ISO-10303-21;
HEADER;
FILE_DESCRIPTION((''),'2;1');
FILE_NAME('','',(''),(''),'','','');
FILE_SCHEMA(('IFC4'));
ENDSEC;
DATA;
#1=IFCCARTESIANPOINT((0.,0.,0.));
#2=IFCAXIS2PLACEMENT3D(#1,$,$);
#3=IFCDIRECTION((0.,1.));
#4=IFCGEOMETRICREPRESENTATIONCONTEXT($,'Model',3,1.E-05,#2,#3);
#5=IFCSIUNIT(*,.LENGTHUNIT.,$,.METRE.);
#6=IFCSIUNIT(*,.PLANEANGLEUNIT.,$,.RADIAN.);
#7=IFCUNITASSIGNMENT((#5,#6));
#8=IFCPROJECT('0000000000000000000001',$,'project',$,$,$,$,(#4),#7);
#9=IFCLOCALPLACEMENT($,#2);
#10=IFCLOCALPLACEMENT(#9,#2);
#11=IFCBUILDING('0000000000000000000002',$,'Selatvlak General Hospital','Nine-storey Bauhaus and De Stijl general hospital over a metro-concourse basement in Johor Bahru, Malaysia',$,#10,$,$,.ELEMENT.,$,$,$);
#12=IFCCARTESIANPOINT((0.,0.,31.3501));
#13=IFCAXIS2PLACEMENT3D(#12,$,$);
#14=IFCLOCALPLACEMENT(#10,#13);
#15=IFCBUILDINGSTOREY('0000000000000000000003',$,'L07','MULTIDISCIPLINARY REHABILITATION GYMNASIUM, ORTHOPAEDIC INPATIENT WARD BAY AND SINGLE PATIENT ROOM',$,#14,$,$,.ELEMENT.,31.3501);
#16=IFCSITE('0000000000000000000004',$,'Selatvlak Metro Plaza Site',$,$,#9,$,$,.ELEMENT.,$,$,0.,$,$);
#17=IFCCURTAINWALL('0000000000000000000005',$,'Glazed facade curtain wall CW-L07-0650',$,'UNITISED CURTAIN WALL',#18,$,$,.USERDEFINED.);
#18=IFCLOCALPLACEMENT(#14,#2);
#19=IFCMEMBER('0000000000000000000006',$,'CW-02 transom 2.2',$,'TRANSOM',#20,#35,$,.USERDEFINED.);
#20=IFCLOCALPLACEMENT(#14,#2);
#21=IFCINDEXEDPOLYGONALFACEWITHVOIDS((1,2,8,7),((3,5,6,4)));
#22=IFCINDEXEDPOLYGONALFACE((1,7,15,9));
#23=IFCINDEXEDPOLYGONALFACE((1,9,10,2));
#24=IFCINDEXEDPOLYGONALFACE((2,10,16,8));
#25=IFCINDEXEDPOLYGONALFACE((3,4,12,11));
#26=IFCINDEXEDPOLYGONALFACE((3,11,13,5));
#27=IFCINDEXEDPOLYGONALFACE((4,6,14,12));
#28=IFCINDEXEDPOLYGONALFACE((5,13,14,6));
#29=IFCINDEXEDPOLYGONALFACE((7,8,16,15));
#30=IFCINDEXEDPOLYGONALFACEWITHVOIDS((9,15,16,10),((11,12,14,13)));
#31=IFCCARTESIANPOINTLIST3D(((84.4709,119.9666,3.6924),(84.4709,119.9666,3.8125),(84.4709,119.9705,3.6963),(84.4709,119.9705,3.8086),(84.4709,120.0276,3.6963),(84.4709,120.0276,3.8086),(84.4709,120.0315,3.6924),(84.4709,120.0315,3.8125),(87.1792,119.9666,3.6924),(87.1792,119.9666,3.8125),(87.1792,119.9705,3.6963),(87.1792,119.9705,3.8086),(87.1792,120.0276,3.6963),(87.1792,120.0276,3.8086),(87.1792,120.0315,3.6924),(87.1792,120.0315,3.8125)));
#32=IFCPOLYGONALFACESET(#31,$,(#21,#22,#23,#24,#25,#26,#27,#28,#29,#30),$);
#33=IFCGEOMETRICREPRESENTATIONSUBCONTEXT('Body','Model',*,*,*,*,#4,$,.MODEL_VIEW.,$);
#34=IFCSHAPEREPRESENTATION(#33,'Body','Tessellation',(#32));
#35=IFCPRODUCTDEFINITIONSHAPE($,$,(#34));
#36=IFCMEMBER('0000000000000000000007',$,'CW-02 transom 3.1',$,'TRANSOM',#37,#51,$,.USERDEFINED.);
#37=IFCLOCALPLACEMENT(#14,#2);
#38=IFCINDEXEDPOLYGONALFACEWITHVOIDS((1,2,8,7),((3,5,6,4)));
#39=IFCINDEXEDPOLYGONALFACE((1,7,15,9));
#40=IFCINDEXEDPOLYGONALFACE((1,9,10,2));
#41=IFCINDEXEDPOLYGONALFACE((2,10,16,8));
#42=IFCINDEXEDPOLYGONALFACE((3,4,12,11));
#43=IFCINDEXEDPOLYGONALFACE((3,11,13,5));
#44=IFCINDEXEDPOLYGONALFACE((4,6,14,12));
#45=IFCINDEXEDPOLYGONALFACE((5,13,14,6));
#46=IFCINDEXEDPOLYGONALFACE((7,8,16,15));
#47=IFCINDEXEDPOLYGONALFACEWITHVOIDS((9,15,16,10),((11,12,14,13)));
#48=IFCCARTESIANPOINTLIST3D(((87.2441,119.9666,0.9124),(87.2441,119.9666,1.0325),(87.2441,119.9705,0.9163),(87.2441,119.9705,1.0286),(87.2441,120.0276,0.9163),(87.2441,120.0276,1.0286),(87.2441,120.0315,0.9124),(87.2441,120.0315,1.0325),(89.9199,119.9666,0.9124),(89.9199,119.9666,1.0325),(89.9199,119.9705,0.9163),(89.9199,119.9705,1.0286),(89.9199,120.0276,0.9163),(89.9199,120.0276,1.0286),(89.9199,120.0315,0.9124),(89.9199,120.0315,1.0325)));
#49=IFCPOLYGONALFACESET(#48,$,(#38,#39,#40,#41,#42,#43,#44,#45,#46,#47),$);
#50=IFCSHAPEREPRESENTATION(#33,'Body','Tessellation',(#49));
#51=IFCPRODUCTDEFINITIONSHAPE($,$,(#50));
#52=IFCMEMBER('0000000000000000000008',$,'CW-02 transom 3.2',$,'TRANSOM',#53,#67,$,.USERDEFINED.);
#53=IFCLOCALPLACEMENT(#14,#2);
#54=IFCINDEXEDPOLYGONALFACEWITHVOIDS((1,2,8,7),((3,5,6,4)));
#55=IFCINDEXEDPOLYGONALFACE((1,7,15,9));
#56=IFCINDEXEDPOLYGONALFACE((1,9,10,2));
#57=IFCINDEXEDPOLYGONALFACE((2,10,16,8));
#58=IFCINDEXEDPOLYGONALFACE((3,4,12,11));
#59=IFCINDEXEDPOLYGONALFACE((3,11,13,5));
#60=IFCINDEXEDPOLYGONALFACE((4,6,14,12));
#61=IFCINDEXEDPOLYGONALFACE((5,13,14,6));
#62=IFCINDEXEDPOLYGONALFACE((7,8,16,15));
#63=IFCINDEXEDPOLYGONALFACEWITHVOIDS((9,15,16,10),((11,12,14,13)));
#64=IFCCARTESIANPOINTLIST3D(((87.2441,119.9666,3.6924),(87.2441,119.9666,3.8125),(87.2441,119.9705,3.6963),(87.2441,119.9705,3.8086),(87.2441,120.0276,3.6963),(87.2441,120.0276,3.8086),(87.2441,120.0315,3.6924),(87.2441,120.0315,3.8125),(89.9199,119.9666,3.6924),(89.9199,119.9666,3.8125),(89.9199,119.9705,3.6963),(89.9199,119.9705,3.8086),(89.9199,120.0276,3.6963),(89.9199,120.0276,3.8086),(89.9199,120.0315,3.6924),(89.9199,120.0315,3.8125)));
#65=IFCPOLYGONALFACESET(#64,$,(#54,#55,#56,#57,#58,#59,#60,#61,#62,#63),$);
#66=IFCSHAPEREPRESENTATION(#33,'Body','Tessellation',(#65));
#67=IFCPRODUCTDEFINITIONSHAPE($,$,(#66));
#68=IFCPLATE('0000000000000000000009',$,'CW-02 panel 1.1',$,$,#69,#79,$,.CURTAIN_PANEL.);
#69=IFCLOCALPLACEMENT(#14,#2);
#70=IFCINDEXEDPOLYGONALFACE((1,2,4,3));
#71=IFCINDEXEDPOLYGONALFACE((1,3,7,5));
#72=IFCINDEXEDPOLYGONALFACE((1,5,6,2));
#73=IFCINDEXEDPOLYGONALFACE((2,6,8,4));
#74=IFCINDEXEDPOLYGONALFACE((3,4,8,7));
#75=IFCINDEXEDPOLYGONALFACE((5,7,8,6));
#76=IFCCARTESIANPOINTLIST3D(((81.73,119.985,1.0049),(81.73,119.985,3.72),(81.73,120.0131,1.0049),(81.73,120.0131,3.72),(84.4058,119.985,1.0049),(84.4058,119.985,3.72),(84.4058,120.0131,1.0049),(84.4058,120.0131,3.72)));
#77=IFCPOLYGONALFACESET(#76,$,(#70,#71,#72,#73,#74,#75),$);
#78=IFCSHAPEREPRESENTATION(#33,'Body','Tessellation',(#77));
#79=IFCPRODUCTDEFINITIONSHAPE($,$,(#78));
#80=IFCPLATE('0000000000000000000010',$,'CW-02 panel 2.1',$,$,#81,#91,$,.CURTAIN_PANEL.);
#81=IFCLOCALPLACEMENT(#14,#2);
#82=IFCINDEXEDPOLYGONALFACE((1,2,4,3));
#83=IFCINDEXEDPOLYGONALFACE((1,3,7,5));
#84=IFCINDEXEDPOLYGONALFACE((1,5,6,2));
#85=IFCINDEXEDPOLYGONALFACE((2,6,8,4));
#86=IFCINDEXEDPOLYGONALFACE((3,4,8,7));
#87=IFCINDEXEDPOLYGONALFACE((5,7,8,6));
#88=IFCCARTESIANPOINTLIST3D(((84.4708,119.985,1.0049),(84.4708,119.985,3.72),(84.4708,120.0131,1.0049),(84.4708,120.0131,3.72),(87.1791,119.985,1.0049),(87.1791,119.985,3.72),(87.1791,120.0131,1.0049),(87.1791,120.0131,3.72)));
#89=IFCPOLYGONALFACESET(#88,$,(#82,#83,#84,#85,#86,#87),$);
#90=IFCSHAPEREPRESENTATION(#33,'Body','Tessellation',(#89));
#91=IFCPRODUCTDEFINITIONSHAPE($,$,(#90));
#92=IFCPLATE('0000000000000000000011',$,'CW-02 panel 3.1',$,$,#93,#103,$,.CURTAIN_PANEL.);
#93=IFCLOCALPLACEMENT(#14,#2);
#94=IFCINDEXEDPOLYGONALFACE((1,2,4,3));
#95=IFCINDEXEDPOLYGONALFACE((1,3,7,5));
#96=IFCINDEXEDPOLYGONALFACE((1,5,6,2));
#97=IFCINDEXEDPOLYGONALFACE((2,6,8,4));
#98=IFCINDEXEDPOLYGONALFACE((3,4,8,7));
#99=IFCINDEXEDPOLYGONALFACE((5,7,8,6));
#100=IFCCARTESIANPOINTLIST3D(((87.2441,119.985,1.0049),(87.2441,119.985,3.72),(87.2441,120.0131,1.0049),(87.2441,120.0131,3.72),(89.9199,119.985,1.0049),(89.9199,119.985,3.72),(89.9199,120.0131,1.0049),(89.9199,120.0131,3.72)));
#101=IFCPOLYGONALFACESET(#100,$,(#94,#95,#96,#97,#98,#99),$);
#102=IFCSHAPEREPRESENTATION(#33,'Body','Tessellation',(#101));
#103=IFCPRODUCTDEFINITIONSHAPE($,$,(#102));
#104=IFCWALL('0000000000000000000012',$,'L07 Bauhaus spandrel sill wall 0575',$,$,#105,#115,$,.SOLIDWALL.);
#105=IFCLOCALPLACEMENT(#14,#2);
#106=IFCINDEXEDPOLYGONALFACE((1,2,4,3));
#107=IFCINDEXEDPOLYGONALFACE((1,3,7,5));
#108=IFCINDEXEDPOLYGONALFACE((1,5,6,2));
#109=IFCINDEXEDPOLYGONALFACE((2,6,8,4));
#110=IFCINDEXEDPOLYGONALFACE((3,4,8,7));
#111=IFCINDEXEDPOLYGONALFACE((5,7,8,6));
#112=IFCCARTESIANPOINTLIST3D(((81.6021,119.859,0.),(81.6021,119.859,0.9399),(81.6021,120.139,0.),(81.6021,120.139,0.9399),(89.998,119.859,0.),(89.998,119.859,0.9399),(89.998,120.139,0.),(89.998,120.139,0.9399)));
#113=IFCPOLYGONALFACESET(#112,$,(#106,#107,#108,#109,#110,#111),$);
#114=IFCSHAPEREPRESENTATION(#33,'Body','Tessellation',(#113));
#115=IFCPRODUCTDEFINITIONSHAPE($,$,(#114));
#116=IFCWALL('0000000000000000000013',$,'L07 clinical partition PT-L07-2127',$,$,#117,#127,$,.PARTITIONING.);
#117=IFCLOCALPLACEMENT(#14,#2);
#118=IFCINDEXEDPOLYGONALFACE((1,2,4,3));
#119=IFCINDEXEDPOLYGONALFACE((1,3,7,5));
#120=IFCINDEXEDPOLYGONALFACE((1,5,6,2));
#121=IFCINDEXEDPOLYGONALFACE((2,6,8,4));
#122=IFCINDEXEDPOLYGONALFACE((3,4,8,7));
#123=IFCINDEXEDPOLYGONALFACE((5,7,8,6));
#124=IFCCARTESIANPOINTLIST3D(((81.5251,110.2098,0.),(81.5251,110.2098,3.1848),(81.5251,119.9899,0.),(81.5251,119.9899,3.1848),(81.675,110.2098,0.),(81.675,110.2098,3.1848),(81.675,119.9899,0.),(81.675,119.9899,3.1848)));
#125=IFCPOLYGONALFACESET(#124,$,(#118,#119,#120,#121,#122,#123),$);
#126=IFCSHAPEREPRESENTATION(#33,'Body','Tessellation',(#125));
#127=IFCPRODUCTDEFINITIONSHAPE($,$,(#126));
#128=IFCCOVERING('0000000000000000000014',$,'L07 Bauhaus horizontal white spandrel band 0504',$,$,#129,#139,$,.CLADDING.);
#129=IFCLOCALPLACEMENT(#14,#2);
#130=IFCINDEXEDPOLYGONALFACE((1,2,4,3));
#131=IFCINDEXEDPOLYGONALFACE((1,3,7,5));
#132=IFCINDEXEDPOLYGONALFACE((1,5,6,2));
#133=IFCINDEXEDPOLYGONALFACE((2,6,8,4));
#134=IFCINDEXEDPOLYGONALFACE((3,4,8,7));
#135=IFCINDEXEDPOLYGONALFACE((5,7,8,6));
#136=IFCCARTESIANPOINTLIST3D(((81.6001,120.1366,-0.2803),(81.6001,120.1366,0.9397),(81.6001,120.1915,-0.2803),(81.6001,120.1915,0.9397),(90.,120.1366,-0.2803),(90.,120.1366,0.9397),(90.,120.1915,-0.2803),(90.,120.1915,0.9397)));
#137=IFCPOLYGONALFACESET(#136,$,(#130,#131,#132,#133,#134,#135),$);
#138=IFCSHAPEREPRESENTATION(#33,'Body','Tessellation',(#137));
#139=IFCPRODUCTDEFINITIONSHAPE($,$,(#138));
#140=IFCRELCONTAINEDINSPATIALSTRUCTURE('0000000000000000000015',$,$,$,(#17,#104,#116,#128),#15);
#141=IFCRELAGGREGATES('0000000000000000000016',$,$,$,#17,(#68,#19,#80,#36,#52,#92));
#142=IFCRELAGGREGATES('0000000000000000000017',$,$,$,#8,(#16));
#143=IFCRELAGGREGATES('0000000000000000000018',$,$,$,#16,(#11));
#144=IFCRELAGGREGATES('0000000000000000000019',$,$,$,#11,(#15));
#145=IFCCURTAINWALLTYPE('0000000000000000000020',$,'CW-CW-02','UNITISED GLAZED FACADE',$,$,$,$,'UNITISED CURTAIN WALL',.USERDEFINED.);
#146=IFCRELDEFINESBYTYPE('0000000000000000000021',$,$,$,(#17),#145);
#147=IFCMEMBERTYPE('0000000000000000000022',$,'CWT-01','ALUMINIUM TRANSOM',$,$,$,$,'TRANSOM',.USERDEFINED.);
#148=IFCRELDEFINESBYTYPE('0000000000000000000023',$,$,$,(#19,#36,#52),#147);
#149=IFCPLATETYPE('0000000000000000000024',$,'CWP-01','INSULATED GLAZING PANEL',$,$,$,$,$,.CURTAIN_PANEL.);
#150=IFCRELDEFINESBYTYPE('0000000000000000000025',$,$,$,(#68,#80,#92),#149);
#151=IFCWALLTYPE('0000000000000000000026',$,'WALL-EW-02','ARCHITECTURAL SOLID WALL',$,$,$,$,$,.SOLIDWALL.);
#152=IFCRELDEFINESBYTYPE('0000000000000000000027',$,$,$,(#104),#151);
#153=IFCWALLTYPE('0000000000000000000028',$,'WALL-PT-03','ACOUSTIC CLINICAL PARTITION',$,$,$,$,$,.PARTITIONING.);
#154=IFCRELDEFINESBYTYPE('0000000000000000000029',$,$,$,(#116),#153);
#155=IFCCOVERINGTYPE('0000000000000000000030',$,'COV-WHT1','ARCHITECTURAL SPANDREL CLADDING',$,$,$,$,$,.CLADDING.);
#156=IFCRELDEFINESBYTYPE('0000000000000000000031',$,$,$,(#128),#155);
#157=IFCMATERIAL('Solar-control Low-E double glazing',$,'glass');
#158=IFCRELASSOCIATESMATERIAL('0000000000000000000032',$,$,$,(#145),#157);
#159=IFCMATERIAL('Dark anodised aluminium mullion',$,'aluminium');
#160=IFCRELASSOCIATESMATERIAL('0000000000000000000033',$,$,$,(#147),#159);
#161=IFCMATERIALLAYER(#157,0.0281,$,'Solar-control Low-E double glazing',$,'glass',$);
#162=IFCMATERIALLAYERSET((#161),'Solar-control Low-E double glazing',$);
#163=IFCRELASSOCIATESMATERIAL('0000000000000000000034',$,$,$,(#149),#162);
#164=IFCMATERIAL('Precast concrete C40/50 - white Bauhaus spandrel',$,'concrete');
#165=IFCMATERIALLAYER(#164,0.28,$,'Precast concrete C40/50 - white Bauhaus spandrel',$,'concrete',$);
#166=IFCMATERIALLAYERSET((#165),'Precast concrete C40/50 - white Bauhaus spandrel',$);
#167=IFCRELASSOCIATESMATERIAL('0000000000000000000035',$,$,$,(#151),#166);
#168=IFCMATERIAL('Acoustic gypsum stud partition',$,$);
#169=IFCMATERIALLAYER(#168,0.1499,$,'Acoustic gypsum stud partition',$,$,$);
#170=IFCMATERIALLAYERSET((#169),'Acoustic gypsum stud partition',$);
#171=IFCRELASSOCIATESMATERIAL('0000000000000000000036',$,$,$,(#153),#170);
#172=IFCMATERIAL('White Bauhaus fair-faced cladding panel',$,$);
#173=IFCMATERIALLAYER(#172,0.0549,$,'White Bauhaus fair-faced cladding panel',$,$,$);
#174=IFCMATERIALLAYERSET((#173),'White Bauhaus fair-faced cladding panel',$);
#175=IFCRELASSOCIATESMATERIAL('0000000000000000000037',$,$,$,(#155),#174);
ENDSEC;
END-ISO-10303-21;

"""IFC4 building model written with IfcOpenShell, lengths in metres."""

from ifc_helpers import new_model, si_unit, direction, frame, frame_2d, origin, origin_2d, place, context, subcontext, project, spatial, rectangle, hollow_rectangle, extrude, material, layer, layer_set, material_profile, profile_set, type_object, element, aggregate, save


model = new_model("IFC4")

# Units and contexts
model_context = context("Model", 3, precision=1e-05, world=origin(), true_north=direction((0.0, 1.0)))
body_context = subcontext(model_context, "Body", "Model", "MODEL_VIEW")
ifc_project = project(units=[si_unit("LENGTHUNIT", "METRE"), si_unit("PLANEANGLEUNIT", "RADIAN")], contexts=[model_context])

# Site, building, storey
site_placement = place(None, origin())
site = spatial("IfcSite", under=ifc_project, at=site_placement, Name="Selatvlak Metro Plaza Site", CompositionType="ELEMENT", RefElevation=0.0)
building_placement = place(site_placement, origin())
building = spatial("IfcBuilding", under=site, at=building_placement, Name="Selatvlak General Hospital", Description="Nine-storey Bauhaus and De Stijl general hospital over a metro-concourse basement in Johor Bahru, Malaysia", CompositionType="ELEMENT")
storey_placement = place(building_placement, frame((0.0, 0.0, 31.3501)))
storey = spatial("IfcBuildingStorey", under=building, at=storey_placement, Name="L07", Description="MULTIDISCIPLINARY REHABILITATION GYMNASIUM, ORTHOPAEDIC INPATIENT WARD BAY AND SINGLE PATIENT ROOM", CompositionType="ELEMENT", Elevation=31.3501)

# Curtain wall, members, plates
ifc_material_1 = material(Name="Solar-control Low-E double glazing", Category="glass")
curtain_wall_type = type_object("IfcCurtainWallType", Name="CW-CW-02", Description="UNITISED GLAZED FACADE", ElementType="UNITISED CURTAIN WALL", PredefinedType="USERDEFINED", material=ifc_material_1)
curtain_wall_placement = place(storey_placement, origin())
curtain_wall = element("IfcCurtainWall", 1, at=curtain_wall_placement, inside=storey, type_object=curtain_wall_type, Name="Glazed facade curtain wall CW-L07-0650", ObjectType="UNITISED CURTAIN WALL", PredefinedType="USERDEFINED")
ifc_material_2 = material(Name="Dark anodised aluminium mullion", Category="aluminium")
ifc_material_profile_1 = material_profile(ifc_material_2, hollow_rectangle(XDim=0.0649, YDim=0.1201, WallThickness=0.0039, at=origin_2d()), Name="AL-TRN 65x120x4")
ifc_profile_set_1 = profile_set([ifc_material_profile_1], Name="Dark anodised aluminium mullion")
member_type_1 = type_object("IfcMemberType", Name="CWT-01", Description="ALUMINIUM TRANSOM", ElementType="TRANSOM", PredefinedType="USERDEFINED", material=ifc_profile_set_1)
member_1_placement = place(storey_placement, frame((84.4709, 119.999, 3.7524), z_axis=(1.0, 0.0, 0.0), x_axis=(0.0, 1.0, 0.0)))
member_1 = element("IfcMember", 2, at=member_1_placement, type_object=member_type_1, Name="CW-02 transom 2.2", ObjectType="TRANSOM", PredefinedType="USERDEFINED", context=body_context, shape_type="SweptSolid", body=[
    extrude(hollow_rectangle(XDim=0.0649, YDim=0.1201, WallThickness=0.0039, at=origin_2d()), origin(), (0.0, 0.0, 1.0), 2.7083),
])
member_2_placement = place(storey_placement, frame((87.2441, 119.999, 0.9724), z_axis=(1.0, 0.0, 0.0), x_axis=(0.0, 1.0, 0.0)))
member_2 = element("IfcMember", 3, at=member_2_placement, type_object=member_type_1, Name="CW-02 transom 3.1", ObjectType="TRANSOM", PredefinedType="USERDEFINED", context=body_context, shape_type="SweptSolid", body=[
    extrude(hollow_rectangle(XDim=0.0649, YDim=0.1201, WallThickness=0.0039, at=origin_2d()), origin(), (0.0, 0.0, 1.0), 2.6758),
])
member_3_placement = place(storey_placement, frame((87.2441, 119.999, 3.7524), z_axis=(1.0, 0.0, 0.0), x_axis=(0.0, 1.0, 0.0)))
member_3 = element("IfcMember", 4, at=member_3_placement, type_object=member_type_1, Name="CW-02 transom 3.2", ObjectType="TRANSOM", PredefinedType="USERDEFINED", context=body_context, shape_type="SweptSolid", body=[
    extrude(hollow_rectangle(XDim=0.0649, YDim=0.1201, WallThickness=0.0039, at=origin_2d()), origin(), (0.0, 0.0, 1.0), 2.6758),
])
ifc_layer_1 = layer(ifc_material_1, 0.0281, Name="Solar-control Low-E double glazing", Category="glass")
ifc_layer_set_1 = layer_set([ifc_layer_1], Name="Solar-control Low-E double glazing")
plate_type = type_object("IfcPlateType", Name="CWP-01", Description="INSULATED GLAZING PANEL", PredefinedType="CURTAIN_PANEL", material=ifc_layer_set_1)
plate_1_placement = place(storey_placement, frame((83.0679, 119.999, 1.0049), z_axis=(0.0, 0.0, 1.0), x_axis=(1.0, 0.0, 0.0)))
plate_1 = element("IfcPlate", 5, at=plate_1_placement, type_object=plate_type, Name="CW-02 panel 1.1", PredefinedType="CURTAIN_PANEL", context=body_context, shape_type="SweptSolid", body=[
    extrude(rectangle(XDim=2.6758, YDim=0.0281, at=origin_2d()), origin(), (0.0, 0.0, 1.0), 2.7151),
])
plate_2_placement = place(storey_placement, frame((85.825, 119.999, 1.0049), z_axis=(0.0, 0.0, 1.0), x_axis=(1.0, 0.0, 0.0)))
plate_2 = element("IfcPlate", 6, at=plate_2_placement, type_object=plate_type, Name="CW-02 panel 2.1", PredefinedType="CURTAIN_PANEL", context=body_context, shape_type="SweptSolid", body=[
    extrude(rectangle(XDim=2.7083, YDim=0.0281, at=origin_2d()), origin(), (0.0, 0.0, 1.0), 2.7151),
])
plate_3_placement = place(storey_placement, frame((88.582, 119.999, 1.0049), z_axis=(0.0, 0.0, 1.0), x_axis=(1.0, 0.0, 0.0)))
plate_3 = element("IfcPlate", 7, at=plate_3_placement, type_object=plate_type, Name="CW-02 panel 3.1", PredefinedType="CURTAIN_PANEL", context=body_context, shape_type="SweptSolid", body=[
    extrude(rectangle(XDim=2.6758, YDim=0.0281, at=origin_2d()), origin(), (0.0, 0.0, 1.0), 2.7151),
])
aggregate(curtain_wall, [plate_1, member_1, plate_2, member_2, member_3, plate_3])

# Walls
ifc_material_3 = material(Name="Precast concrete C40/50 - white Bauhaus spandrel", Category="concrete")
ifc_layer_2 = layer(ifc_material_3, 0.28, Name="Precast concrete C40/50 - white Bauhaus spandrel", Category="concrete")
ifc_layer_set_2 = layer_set([ifc_layer_2], Name="Precast concrete C40/50 - white Bauhaus spandrel")
wall_type_1 = type_object("IfcWallType", Name="WALL-EW-02", Description="ARCHITECTURAL SOLID WALL", PredefinedType="SOLIDWALL", material=ifc_layer_set_2)
wall_1_placement = place(storey_placement, frame((81.6021, 119.999, 0.0), z_axis=(0.0, 0.0, 1.0), x_axis=(1.0, 0.0, 0.0)))
element("IfcWall", 8, at=wall_1_placement, inside=storey, type_object=wall_type_1, Name="L07 Bauhaus spandrel sill wall 0575", PredefinedType="SOLIDWALL", context=body_context, shape_type="SweptSolid", body=[
    extrude(rectangle(XDim=8.396, YDim=0.28, at=frame_2d((4.198, 0.0))), origin(), (0.0, 0.0, 1.0), 0.9399),
])
ifc_material_4 = material(Name="Acoustic gypsum stud partition")
ifc_layer_3 = layer(ifc_material_4, 0.1499, Name="Acoustic gypsum stud partition")
ifc_layer_set_3 = layer_set([ifc_layer_3], Name="Acoustic gypsum stud partition")
wall_type_2 = type_object("IfcWallType", Name="WALL-PT-03", Description="ACOUSTIC CLINICAL PARTITION", PredefinedType="PARTITIONING", material=ifc_layer_set_3)
wall_2_placement = place(storey_placement, frame((81.6001, 119.99, 0.0), z_axis=(0.0, 0.0, 1.0), x_axis=(0.0, -1.0, 0.0)))
element("IfcWall", 9, at=wall_2_placement, inside=storey, type_object=wall_type_2, Name="L07 clinical partition PT-L07-2127", PredefinedType="PARTITIONING", context=body_context, shape_type="SweptSolid", body=[
    extrude(rectangle(XDim=9.78, YDim=0.1499, at=frame_2d((4.8901, 0.0))), origin(), (0.0, 0.0, 1.0), 3.1848),
])

# Covering
ifc_material_5 = material(Name="White Bauhaus fair-faced cladding panel")
ifc_layer_4 = layer(ifc_material_5, 0.0549, Name="White Bauhaus fair-faced cladding panel")
ifc_layer_set_4 = layer_set([ifc_layer_4], Name="White Bauhaus fair-faced cladding panel")
covering_type = type_object("IfcCoveringType", Name="COV-WHT1", Description="ARCHITECTURAL SPANDREL CLADDING", PredefinedType="CLADDING", material=ifc_layer_set_4)
covering_placement = place(storey_placement, frame((85.8, 120.1641, -0.2803), z_axis=(0.0, 0.0, 1.0), x_axis=(1.0, 0.0, 0.0)))
element("IfcCovering", 10, at=covering_placement, inside=storey, type_object=covering_type, Name="L07 Bauhaus horizontal white spandrel band 0504", PredefinedType="CLADDING", context=body_context, shape_type="SweptSolid", body=[
    extrude(rectangle(XDim=8.3999, YDim=0.0549, at=origin_2d()), origin(), (0.0, 0.0, 1.0), 1.22),
])

save(model, "model.ifc")
